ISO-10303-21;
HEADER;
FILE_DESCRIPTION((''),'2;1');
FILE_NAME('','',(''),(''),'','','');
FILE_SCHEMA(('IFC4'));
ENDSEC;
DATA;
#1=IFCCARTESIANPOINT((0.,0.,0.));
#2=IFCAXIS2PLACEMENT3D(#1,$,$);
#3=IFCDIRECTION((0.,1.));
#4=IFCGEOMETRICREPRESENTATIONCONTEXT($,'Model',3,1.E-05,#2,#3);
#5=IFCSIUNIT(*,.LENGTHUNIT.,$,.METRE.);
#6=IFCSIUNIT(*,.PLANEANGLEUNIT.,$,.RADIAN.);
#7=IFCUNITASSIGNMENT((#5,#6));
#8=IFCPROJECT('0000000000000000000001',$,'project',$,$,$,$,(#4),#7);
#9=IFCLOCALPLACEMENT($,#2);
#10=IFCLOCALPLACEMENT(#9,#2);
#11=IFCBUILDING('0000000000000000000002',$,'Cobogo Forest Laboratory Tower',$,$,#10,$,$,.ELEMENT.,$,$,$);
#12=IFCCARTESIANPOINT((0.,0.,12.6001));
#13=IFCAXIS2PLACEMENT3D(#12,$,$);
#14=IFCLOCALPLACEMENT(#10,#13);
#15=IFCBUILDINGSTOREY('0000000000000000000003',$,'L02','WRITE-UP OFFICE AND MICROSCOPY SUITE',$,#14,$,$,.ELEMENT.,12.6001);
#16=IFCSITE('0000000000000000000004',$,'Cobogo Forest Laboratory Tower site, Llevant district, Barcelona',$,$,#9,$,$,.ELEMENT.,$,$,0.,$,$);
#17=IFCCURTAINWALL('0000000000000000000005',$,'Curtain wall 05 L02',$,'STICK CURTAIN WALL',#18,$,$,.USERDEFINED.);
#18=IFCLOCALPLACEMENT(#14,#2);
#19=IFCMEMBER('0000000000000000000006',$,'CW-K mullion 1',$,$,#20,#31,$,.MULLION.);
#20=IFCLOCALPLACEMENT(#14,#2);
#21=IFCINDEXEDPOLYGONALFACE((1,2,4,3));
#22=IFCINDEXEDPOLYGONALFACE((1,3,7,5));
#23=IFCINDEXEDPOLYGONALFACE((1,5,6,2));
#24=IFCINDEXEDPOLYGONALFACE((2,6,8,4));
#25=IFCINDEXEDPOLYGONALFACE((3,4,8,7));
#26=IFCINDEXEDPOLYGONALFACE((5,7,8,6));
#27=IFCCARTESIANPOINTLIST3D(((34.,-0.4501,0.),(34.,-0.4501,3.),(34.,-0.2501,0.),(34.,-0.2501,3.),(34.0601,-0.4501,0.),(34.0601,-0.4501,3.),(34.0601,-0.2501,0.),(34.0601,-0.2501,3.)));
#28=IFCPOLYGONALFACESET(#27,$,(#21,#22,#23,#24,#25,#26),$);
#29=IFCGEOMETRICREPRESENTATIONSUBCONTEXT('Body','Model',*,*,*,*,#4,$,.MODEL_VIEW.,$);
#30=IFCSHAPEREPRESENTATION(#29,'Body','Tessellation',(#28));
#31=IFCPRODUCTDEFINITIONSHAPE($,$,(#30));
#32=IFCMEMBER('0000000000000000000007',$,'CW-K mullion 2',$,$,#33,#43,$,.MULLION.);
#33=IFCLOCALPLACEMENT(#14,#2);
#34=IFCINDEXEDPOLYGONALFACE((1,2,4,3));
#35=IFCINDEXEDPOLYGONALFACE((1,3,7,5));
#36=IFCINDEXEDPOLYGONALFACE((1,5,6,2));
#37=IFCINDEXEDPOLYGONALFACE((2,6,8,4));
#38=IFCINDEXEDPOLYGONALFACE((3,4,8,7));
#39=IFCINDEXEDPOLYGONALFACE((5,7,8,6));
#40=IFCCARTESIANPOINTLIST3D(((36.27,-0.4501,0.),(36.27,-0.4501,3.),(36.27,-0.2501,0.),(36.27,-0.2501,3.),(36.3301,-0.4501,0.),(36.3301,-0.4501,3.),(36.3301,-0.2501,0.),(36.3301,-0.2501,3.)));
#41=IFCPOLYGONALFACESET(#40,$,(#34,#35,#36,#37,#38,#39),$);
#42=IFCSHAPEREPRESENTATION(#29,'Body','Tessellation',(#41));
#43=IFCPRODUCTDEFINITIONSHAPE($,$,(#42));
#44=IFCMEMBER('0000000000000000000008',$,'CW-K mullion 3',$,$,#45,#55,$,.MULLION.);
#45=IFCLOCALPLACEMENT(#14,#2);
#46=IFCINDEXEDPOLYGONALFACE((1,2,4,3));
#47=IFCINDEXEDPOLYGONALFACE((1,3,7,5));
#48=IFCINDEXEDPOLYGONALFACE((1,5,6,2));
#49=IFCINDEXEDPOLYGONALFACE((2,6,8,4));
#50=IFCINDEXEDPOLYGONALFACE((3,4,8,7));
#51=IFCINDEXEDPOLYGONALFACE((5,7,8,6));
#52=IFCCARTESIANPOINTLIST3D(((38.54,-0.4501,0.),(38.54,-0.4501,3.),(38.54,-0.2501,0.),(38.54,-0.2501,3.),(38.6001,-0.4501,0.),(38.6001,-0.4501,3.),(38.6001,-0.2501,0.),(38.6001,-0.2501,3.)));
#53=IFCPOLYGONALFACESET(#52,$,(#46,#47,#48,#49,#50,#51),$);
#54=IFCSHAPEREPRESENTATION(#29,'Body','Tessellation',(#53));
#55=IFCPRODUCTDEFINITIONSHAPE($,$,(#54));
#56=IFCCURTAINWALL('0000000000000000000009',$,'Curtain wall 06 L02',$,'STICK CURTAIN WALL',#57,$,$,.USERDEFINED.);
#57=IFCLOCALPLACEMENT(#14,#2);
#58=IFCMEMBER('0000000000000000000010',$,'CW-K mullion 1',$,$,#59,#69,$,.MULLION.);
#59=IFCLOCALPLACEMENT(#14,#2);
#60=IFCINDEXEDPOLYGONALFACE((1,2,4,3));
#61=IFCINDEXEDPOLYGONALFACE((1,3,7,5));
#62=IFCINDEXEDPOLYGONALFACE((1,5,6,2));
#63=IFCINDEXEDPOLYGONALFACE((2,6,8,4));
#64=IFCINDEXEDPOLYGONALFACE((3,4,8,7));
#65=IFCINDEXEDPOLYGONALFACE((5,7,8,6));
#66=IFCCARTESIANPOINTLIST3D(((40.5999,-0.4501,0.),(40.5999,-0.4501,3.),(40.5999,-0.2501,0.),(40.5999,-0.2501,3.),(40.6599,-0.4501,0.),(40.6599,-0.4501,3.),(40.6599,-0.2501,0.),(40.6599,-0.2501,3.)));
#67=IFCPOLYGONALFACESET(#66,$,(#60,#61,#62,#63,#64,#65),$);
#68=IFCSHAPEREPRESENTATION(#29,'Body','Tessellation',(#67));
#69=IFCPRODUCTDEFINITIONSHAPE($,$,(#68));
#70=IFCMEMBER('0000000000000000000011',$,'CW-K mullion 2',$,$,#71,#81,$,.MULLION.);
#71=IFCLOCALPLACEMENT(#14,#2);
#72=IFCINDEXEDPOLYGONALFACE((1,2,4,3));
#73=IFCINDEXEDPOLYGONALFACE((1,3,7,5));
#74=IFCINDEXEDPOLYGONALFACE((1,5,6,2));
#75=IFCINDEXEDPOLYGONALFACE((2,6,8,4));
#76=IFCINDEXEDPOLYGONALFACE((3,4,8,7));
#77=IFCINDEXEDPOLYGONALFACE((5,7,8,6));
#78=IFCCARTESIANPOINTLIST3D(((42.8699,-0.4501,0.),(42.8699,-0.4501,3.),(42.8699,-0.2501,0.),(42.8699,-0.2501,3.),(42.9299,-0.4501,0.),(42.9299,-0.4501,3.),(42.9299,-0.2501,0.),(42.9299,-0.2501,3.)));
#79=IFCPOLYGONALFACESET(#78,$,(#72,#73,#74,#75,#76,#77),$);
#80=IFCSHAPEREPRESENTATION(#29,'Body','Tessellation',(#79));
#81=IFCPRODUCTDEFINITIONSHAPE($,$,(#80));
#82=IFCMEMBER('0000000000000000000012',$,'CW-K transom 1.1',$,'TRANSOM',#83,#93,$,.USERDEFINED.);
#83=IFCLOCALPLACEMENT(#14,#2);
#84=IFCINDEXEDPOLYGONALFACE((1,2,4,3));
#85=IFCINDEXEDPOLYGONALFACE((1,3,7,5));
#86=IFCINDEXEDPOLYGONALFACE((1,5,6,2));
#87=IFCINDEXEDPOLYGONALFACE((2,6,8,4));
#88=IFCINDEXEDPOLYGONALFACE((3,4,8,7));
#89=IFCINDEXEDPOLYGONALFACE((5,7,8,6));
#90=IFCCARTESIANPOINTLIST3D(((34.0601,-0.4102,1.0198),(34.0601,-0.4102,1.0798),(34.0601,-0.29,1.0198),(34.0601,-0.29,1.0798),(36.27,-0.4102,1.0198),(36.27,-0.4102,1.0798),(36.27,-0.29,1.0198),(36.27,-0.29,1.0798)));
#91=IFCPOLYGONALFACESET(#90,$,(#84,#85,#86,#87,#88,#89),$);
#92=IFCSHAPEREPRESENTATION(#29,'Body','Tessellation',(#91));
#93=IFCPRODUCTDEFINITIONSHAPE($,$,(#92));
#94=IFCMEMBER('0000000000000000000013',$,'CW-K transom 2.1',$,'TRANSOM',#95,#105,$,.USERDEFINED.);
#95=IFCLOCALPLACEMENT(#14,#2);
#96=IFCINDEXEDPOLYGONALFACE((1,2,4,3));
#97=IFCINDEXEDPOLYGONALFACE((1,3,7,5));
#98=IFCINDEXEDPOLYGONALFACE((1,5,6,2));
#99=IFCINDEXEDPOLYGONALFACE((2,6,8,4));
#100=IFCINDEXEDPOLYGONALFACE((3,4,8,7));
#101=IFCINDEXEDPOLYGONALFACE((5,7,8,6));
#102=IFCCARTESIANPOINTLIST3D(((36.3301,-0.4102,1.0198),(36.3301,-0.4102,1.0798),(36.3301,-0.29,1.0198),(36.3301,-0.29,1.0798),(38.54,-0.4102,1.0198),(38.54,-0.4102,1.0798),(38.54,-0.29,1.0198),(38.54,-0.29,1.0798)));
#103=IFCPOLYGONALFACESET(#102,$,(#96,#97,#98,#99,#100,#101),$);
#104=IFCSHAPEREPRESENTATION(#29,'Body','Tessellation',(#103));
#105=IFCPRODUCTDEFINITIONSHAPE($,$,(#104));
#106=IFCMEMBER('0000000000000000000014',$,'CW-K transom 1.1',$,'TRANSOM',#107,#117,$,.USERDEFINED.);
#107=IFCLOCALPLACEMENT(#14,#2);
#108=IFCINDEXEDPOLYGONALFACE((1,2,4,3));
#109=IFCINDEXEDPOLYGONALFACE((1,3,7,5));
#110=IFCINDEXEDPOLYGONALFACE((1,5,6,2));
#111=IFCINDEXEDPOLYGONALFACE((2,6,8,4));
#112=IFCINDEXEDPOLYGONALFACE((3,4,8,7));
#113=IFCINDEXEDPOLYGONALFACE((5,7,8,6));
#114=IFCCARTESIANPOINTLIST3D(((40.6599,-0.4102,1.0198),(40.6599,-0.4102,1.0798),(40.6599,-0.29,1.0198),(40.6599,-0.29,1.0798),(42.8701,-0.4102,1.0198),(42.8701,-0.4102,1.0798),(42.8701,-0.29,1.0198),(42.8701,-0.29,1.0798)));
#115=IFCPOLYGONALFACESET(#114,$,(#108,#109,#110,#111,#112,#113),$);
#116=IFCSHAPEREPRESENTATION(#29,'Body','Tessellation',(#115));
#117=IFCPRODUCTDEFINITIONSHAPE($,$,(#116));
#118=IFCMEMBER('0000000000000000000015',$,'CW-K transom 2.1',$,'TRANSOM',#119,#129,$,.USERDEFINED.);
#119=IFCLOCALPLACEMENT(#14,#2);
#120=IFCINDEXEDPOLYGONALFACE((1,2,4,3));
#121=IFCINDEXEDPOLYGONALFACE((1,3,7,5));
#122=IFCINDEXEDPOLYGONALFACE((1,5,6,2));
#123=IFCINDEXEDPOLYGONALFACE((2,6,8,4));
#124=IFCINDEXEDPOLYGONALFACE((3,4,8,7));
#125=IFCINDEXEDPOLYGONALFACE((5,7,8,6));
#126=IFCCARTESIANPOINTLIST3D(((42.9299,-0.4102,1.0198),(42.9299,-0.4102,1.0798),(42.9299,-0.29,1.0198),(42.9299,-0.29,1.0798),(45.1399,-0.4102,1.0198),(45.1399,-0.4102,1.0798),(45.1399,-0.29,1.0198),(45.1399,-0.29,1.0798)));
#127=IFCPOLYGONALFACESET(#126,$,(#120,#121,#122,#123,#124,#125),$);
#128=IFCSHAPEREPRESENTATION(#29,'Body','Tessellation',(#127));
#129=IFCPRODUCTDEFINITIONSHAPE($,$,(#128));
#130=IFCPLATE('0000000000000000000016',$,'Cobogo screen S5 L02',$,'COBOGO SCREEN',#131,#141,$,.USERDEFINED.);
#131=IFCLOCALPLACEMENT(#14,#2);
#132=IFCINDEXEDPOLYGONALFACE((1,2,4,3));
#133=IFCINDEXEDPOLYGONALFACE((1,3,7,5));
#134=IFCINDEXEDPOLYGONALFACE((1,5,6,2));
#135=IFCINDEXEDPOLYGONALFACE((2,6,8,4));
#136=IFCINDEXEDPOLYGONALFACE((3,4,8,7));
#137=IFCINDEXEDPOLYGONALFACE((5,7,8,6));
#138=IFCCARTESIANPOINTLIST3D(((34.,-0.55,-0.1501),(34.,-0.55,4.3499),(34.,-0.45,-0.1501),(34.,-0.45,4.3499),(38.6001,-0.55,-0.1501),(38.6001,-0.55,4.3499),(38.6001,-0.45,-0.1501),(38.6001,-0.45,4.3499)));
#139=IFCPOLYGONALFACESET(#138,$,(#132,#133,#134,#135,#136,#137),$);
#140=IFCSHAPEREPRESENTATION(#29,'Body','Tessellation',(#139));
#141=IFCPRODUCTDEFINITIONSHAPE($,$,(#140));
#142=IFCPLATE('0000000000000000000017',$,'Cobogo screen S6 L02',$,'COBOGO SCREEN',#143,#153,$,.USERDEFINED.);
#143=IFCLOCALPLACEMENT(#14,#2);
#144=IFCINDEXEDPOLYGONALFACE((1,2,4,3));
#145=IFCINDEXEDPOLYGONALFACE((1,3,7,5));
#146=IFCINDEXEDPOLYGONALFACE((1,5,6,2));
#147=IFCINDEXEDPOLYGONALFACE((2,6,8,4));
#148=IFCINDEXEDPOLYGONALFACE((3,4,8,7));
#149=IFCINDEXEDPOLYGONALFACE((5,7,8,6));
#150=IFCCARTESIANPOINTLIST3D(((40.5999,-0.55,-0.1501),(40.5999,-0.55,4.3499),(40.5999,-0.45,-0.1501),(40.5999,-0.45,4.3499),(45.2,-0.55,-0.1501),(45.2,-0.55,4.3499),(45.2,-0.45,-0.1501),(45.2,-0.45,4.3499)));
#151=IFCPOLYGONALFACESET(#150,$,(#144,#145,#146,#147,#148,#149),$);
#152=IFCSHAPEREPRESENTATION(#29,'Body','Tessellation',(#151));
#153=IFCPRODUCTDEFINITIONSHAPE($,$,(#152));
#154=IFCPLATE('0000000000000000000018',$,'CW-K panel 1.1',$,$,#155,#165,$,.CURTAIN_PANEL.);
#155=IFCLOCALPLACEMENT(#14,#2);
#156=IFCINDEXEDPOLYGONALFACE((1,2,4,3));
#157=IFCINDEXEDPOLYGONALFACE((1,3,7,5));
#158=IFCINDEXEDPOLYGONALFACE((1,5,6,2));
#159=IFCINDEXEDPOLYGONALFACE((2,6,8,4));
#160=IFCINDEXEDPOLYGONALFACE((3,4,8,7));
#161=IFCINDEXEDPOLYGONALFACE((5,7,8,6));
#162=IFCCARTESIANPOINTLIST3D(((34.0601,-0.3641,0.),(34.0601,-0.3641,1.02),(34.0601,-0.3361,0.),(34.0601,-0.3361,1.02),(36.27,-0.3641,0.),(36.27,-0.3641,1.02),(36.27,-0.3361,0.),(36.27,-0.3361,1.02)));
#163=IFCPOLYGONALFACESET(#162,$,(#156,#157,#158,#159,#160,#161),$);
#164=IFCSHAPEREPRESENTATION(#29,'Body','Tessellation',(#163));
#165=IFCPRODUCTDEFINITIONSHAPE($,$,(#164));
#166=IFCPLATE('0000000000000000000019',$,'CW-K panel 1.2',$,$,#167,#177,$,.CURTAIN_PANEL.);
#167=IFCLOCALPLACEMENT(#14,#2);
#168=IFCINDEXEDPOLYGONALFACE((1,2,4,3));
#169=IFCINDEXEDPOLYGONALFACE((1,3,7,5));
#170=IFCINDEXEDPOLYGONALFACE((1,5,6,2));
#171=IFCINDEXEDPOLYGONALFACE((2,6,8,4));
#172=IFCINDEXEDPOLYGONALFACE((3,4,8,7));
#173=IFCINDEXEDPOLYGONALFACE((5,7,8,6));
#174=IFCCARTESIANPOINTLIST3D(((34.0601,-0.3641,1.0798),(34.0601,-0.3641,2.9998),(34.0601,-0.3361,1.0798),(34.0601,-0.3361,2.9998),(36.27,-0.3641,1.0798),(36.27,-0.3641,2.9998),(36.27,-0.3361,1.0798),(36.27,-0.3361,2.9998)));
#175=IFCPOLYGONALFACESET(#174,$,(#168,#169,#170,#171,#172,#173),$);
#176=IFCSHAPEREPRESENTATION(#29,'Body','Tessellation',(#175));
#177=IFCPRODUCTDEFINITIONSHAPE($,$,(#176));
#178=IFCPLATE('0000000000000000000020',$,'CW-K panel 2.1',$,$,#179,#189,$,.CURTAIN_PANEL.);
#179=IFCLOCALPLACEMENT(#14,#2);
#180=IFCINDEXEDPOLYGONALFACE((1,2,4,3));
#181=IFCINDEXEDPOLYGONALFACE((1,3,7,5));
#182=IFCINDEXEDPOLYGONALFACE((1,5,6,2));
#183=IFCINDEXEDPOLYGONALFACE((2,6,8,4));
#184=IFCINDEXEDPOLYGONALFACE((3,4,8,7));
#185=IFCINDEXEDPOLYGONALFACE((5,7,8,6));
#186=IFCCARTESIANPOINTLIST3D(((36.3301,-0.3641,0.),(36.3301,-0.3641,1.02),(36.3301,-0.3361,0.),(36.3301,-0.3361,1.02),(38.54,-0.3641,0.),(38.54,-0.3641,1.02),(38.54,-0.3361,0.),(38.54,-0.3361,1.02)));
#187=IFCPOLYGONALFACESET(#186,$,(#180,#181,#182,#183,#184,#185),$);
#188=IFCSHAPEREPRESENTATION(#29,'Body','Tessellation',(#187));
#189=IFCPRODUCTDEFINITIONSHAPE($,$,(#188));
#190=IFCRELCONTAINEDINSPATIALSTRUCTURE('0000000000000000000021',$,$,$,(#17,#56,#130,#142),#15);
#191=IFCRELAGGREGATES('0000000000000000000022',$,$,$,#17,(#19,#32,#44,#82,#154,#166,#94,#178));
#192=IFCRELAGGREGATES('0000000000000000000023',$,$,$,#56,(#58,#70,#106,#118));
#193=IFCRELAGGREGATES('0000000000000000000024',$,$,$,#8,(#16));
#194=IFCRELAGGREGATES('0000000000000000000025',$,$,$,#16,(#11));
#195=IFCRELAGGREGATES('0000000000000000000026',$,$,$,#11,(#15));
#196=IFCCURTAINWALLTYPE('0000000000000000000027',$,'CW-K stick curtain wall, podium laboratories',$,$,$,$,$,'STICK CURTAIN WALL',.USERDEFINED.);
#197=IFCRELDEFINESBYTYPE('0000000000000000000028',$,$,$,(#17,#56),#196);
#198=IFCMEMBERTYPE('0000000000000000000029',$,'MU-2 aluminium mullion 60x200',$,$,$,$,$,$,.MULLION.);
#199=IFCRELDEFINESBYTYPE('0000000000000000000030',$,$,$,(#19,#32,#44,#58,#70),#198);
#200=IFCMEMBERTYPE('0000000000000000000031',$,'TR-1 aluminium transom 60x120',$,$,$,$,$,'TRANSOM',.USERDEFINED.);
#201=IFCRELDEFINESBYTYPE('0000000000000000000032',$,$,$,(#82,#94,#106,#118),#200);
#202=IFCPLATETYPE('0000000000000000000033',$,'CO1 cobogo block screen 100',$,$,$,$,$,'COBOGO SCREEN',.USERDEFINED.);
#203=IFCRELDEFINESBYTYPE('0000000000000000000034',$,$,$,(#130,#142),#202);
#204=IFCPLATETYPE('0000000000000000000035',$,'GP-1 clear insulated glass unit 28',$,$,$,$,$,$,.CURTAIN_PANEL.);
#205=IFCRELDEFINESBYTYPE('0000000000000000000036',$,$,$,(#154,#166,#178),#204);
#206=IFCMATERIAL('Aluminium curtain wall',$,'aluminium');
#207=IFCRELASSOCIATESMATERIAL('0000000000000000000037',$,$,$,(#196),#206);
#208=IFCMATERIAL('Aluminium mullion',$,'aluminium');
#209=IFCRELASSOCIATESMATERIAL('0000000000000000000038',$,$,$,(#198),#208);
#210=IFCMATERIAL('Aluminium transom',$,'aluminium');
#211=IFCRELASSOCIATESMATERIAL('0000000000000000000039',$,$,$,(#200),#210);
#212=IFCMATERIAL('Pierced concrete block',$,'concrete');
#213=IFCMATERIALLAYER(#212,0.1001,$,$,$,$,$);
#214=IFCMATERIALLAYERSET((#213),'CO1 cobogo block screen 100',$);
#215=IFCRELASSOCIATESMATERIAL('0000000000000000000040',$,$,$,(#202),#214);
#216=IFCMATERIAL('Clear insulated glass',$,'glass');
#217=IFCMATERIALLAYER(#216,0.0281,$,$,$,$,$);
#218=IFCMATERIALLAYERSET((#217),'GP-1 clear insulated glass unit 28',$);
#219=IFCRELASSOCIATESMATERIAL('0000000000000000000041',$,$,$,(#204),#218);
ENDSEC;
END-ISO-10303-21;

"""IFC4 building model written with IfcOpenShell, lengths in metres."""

from ifc_helpers import new_model, si_unit, direction, frame, origin, origin_2d, place, context, subcontext, project, spatial, rectangle, extrude, material, layer, layer_set, material_profile, profile_set, type_object, element, aggregate, save


model = new_model("IFC4")

# Units and contexts
model_context = context("Model", 3, precision=1e-05, world=origin(), true_north=direction((0.0, 1.0)))
body_context = subcontext(model_context, "Body", "Model", "MODEL_VIEW")
ifc_project = project(units=[si_unit("LENGTHUNIT", "METRE"), si_unit("PLANEANGLEUNIT", "RADIAN")], contexts=[model_context])

# Site, building, storey
site_placement = place(None, origin())
site = spatial("IfcSite", under=ifc_project, at=site_placement, Name="Cobogo Forest Laboratory Tower site, Llevant district, Barcelona", CompositionType="ELEMENT", RefElevation=0.0)
building_placement = place(site_placement, origin())
building = spatial("IfcBuilding", under=site, at=building_placement, Name="Cobogo Forest Laboratory Tower", CompositionType="ELEMENT")
storey_placement = place(building_placement, frame((0.0, 0.0, 12.6001)))
storey = spatial("IfcBuildingStorey", under=building, at=storey_placement, Name="L02", Description="WRITE-UP OFFICE AND MICROSCOPY SUITE", CompositionType="ELEMENT", Elevation=12.6001)

# Curtain walls, members
ifc_material_1 = material(Name="Aluminium curtain wall", Category="aluminium")
curtain_wall_type = type_object("IfcCurtainWallType", Name="CW-K stick curtain wall, podium laboratories", ElementType="STICK CURTAIN WALL", PredefinedType="USERDEFINED", material=ifc_material_1)
curtain_wall_1_placement = place(storey_placement, origin())
curtain_wall_1 = element("IfcCurtainWall", 1, at=curtain_wall_1_placement, inside=storey, type_object=curtain_wall_type, Name="Curtain wall 05 L02", ObjectType="STICK CURTAIN WALL", PredefinedType="USERDEFINED")
ifc_material_2 = material(Name="Aluminium mullion", Category="aluminium")
ifc_material_profile_1 = material_profile(ifc_material_2, rectangle(XDim=0.0601, YDim=0.2, at=origin_2d()), Name="AL 60x200")
ifc_profile_set_1 = profile_set([ifc_material_profile_1], Name="Aluminium mullion")
member_type_1 = type_object("IfcMemberType", Name="MU-2 aluminium mullion 60x200", PredefinedType="MULLION", material=ifc_profile_set_1)
member_1_placement = place(storey_placement, frame((34.03, -0.3501, 0.0), z_axis=(0.0, 0.0, 1.0), x_axis=(1.0, 0.0, 0.0)))
member_1 = element("IfcMember", 2, at=member_1_placement, type_object=member_type_1, Name="CW-K mullion 1", PredefinedType="MULLION", context=body_context, shape_type="SweptSolid", body=[
    extrude(rectangle(XDim=0.0601, YDim=0.2, at=origin_2d()), origin(), (0.0, 0.0, 1.0), 3.0),
])
member_2_placement = place(storey_placement, frame((36.3, -0.3501, 0.0), z_axis=(0.0, 0.0, 1.0), x_axis=(1.0, 0.0, 0.0)))
member_2 = element("IfcMember", 3, at=member_2_placement, type_object=member_type_1, Name="CW-K mullion 2", PredefinedType="MULLION", context=body_context, shape_type="SweptSolid", body=[
    extrude(rectangle(XDim=0.0601, YDim=0.2, at=origin_2d()), origin(), (0.0, 0.0, 1.0), 3.0),
])
member_3_placement = place(storey_placement, frame((38.5701, -0.3501, 0.0), z_axis=(0.0, 0.0, 1.0), x_axis=(1.0, 0.0, 0.0)))
member_3 = element("IfcMember", 4, at=member_3_placement, type_object=member_type_1, Name="CW-K mullion 3", PredefinedType="MULLION", context=body_context, shape_type="SweptSolid", body=[
    extrude(rectangle(XDim=0.0601, YDim=0.2, at=origin_2d()), origin(), (0.0, 0.0, 1.0), 3.0),
])
curtain_wall_2_placement = place(storey_placement, origin())
curtain_wall_2 = element("IfcCurtainWall", 5, at=curtain_wall_2_placement, inside=storey, type_object=curtain_wall_type, Name="Curtain wall 06 L02", ObjectType="STICK CURTAIN WALL", PredefinedType="USERDEFINED")
member_4_placement = place(storey_placement, frame((40.6299, -0.3501, 0.0), z_axis=(0.0, 0.0, 1.0), x_axis=(1.0, 0.0, 0.0)))
member_4 = element("IfcMember", 6, at=member_4_placement, type_object=member_type_1, Name="CW-K mullion 1", PredefinedType="MULLION", context=body_context, shape_type="SweptSolid", body=[
    extrude(rectangle(XDim=0.0601, YDim=0.2, at=origin_2d()), origin(), (0.0, 0.0, 1.0), 3.0),
])
member_5_placement = place(storey_placement, frame((42.8999, -0.3501, 0.0), z_axis=(0.0, 0.0, 1.0), x_axis=(1.0, 0.0, 0.0)))
member_5 = element("IfcMember", 7, at=member_5_placement, type_object=member_type_1, Name="CW-K mullion 2", PredefinedType="MULLION", context=body_context, shape_type="SweptSolid", body=[
    extrude(rectangle(XDim=0.0601, YDim=0.2, at=origin_2d()), origin(), (0.0, 0.0, 1.0), 3.0),
])

# Members
ifc_material_3 = material(Name="Aluminium transom", Category="aluminium")
ifc_material_profile_2 = material_profile(ifc_material_3, rectangle(XDim=0.1201, YDim=0.0601, at=origin_2d()), Name="AL 60x120")
ifc_profile_set_2 = profile_set([ifc_material_profile_2], Name="Aluminium transom")
member_type_2 = type_object("IfcMemberType", Name="TR-1 aluminium transom 60x120", ElementType="TRANSOM", PredefinedType="USERDEFINED", material=ifc_profile_set_2)
member_6_placement = place(storey_placement, frame((34.0601, -0.3501, 1.0498), z_axis=(1.0, 0.0, 0.0), x_axis=(0.0, 1.0, 0.0)))
member_6 = element("IfcMember", 8, at=member_6_placement, type_object=member_type_2, Name="CW-K transom 1.1", ObjectType="TRANSOM", PredefinedType="USERDEFINED", context=body_context, shape_type="SweptSolid", body=[
    extrude(rectangle(XDim=0.1201, YDim=0.0601, at=origin_2d()), origin(), (0.0, 0.0, 1.0), 2.21),
])
member_7_placement = place(storey_placement, frame((36.3301, -0.3501, 1.0498), z_axis=(1.0, 0.0, 0.0), x_axis=(0.0, 1.0, 0.0)))
member_7 = element("IfcMember", 9, at=member_7_placement, type_object=member_type_2, Name="CW-K transom 2.1", ObjectType="TRANSOM", PredefinedType="USERDEFINED", context=body_context, shape_type="SweptSolid", body=[
    extrude(rectangle(XDim=0.1201, YDim=0.0601, at=origin_2d()), origin(), (0.0, 0.0, 1.0), 2.21),
])
member_8_placement = place(storey_placement, frame((40.6599, -0.3501, 1.0498), z_axis=(1.0, 0.0, 0.0), x_axis=(0.0, 1.0, 0.0)))
member_8 = element("IfcMember", 10, at=member_8_placement, type_object=member_type_2, Name="CW-K transom 1.1", ObjectType="TRANSOM", PredefinedType="USERDEFINED", context=body_context, shape_type="SweptSolid", body=[
    extrude(rectangle(XDim=0.1201, YDim=0.0601, at=origin_2d()), origin(), (0.0, 0.0, 1.0), 2.2102),
])
member_9_placement = place(storey_placement, frame((42.9299, -0.3501, 1.0498), z_axis=(1.0, 0.0, 0.0), x_axis=(0.0, 1.0, 0.0)))
member_9 = element("IfcMember", 11, at=member_9_placement, type_object=member_type_2, Name="CW-K transom 2.1", ObjectType="TRANSOM", PredefinedType="USERDEFINED", context=body_context, shape_type="SweptSolid", body=[
    extrude(rectangle(XDim=0.1201, YDim=0.0601, at=origin_2d()), origin(), (0.0, 0.0, 1.0), 2.21),
])

# Plates
ifc_material_4 = material(Name="Pierced concrete block", Category="concrete")
ifc_layer_1 = layer(ifc_material_4, 0.1001)
ifc_layer_set_1 = layer_set([ifc_layer_1], Name="CO1 cobogo block screen 100")
plate_type_1 = type_object("IfcPlateType", Name="CO1 cobogo block screen 100", ElementType="COBOGO SCREEN", PredefinedType="USERDEFINED", material=ifc_layer_set_1)
for number, where, z_axis, x_axis, name in (
    (12, (36.3, -0.5, -0.1501), (0.0, 0.0, 1.0), (1.0, 0.0, 0.0), "Cobogo screen S5 L02"),
    (13, (42.8999, -0.5, -0.1501), (0.0, 0.0, 1.0), (1.0, 0.0, 0.0), "Cobogo screen S6 L02"),
):
    element("IfcPlate", number, at=place(storey_placement, frame(where, z_axis=z_axis, x_axis=x_axis)), inside=storey, type_object=plate_type_1, Name=name, ObjectType="COBOGO SCREEN", PredefinedType="USERDEFINED", context=body_context, shape_type="SweptSolid", body=[
        extrude(rectangle(XDim=4.6001, YDim=0.1001, at=origin_2d()), origin(), (0.0, 0.0, 1.0), 4.5),
    ])

# Plates
ifc_material_5 = material(Name="Clear insulated glass", Category="glass")
ifc_layer_2 = layer(ifc_material_5, 0.0281)
ifc_layer_set_2 = layer_set([ifc_layer_2], Name="GP-1 clear insulated glass unit 28")
plate_type_2 = type_object("IfcPlateType", Name="GP-1 clear insulated glass unit 28", PredefinedType="CURTAIN_PANEL", material=ifc_layer_set_2)
plate_1_placement = place(storey_placement, frame((35.165, -0.3501, 0.0), z_axis=(0.0, 0.0, 1.0), x_axis=(1.0, 0.0, 0.0)))
plate_1 = element("IfcPlate", 14, at=plate_1_placement, type_object=plate_type_2, Name="CW-K panel 1.1", PredefinedType="CURTAIN_PANEL", context=body_context, shape_type="SweptSolid", body=[
    extrude(rectangle(XDim=2.21, YDim=0.0281, at=origin_2d()), origin(), (0.0, 0.0, 1.0), 1.02),
])
plate_2_placement = place(storey_placement, frame((35.165, -0.3501, 1.0798), z_axis=(0.0, 0.0, 1.0), x_axis=(1.0, 0.0, 0.0)))
plate_2 = element("IfcPlate", 15, at=plate_2_placement, type_object=plate_type_2, Name="CW-K panel 1.2", PredefinedType="CURTAIN_PANEL", context=body_context, shape_type="SweptSolid", body=[
    extrude(rectangle(XDim=2.21, YDim=0.0281, at=origin_2d()), origin(), (0.0, 0.0, 1.0), 1.9199),
])
plate_3_placement = place(storey_placement, frame((37.4351, -0.3501, 0.0), z_axis=(0.0, 0.0, 1.0), x_axis=(1.0, 0.0, 0.0)))
plate_3 = element("IfcPlate", 16, at=plate_3_placement, type_object=plate_type_2, Name="CW-K panel 2.1", PredefinedType="CURTAIN_PANEL", context=body_context, shape_type="SweptSolid", body=[
    extrude(rectangle(XDim=2.21, YDim=0.0281, at=origin_2d()), origin(), (0.0, 0.0, 1.0), 1.02),
])
aggregate(curtain_wall_1, [member_1, member_2, member_3, member_6, plate_1, plate_2, member_7, plate_3])
aggregate(curtain_wall_2, [member_4, member_5, member_8, member_9])

save(model, "model.ifc")
